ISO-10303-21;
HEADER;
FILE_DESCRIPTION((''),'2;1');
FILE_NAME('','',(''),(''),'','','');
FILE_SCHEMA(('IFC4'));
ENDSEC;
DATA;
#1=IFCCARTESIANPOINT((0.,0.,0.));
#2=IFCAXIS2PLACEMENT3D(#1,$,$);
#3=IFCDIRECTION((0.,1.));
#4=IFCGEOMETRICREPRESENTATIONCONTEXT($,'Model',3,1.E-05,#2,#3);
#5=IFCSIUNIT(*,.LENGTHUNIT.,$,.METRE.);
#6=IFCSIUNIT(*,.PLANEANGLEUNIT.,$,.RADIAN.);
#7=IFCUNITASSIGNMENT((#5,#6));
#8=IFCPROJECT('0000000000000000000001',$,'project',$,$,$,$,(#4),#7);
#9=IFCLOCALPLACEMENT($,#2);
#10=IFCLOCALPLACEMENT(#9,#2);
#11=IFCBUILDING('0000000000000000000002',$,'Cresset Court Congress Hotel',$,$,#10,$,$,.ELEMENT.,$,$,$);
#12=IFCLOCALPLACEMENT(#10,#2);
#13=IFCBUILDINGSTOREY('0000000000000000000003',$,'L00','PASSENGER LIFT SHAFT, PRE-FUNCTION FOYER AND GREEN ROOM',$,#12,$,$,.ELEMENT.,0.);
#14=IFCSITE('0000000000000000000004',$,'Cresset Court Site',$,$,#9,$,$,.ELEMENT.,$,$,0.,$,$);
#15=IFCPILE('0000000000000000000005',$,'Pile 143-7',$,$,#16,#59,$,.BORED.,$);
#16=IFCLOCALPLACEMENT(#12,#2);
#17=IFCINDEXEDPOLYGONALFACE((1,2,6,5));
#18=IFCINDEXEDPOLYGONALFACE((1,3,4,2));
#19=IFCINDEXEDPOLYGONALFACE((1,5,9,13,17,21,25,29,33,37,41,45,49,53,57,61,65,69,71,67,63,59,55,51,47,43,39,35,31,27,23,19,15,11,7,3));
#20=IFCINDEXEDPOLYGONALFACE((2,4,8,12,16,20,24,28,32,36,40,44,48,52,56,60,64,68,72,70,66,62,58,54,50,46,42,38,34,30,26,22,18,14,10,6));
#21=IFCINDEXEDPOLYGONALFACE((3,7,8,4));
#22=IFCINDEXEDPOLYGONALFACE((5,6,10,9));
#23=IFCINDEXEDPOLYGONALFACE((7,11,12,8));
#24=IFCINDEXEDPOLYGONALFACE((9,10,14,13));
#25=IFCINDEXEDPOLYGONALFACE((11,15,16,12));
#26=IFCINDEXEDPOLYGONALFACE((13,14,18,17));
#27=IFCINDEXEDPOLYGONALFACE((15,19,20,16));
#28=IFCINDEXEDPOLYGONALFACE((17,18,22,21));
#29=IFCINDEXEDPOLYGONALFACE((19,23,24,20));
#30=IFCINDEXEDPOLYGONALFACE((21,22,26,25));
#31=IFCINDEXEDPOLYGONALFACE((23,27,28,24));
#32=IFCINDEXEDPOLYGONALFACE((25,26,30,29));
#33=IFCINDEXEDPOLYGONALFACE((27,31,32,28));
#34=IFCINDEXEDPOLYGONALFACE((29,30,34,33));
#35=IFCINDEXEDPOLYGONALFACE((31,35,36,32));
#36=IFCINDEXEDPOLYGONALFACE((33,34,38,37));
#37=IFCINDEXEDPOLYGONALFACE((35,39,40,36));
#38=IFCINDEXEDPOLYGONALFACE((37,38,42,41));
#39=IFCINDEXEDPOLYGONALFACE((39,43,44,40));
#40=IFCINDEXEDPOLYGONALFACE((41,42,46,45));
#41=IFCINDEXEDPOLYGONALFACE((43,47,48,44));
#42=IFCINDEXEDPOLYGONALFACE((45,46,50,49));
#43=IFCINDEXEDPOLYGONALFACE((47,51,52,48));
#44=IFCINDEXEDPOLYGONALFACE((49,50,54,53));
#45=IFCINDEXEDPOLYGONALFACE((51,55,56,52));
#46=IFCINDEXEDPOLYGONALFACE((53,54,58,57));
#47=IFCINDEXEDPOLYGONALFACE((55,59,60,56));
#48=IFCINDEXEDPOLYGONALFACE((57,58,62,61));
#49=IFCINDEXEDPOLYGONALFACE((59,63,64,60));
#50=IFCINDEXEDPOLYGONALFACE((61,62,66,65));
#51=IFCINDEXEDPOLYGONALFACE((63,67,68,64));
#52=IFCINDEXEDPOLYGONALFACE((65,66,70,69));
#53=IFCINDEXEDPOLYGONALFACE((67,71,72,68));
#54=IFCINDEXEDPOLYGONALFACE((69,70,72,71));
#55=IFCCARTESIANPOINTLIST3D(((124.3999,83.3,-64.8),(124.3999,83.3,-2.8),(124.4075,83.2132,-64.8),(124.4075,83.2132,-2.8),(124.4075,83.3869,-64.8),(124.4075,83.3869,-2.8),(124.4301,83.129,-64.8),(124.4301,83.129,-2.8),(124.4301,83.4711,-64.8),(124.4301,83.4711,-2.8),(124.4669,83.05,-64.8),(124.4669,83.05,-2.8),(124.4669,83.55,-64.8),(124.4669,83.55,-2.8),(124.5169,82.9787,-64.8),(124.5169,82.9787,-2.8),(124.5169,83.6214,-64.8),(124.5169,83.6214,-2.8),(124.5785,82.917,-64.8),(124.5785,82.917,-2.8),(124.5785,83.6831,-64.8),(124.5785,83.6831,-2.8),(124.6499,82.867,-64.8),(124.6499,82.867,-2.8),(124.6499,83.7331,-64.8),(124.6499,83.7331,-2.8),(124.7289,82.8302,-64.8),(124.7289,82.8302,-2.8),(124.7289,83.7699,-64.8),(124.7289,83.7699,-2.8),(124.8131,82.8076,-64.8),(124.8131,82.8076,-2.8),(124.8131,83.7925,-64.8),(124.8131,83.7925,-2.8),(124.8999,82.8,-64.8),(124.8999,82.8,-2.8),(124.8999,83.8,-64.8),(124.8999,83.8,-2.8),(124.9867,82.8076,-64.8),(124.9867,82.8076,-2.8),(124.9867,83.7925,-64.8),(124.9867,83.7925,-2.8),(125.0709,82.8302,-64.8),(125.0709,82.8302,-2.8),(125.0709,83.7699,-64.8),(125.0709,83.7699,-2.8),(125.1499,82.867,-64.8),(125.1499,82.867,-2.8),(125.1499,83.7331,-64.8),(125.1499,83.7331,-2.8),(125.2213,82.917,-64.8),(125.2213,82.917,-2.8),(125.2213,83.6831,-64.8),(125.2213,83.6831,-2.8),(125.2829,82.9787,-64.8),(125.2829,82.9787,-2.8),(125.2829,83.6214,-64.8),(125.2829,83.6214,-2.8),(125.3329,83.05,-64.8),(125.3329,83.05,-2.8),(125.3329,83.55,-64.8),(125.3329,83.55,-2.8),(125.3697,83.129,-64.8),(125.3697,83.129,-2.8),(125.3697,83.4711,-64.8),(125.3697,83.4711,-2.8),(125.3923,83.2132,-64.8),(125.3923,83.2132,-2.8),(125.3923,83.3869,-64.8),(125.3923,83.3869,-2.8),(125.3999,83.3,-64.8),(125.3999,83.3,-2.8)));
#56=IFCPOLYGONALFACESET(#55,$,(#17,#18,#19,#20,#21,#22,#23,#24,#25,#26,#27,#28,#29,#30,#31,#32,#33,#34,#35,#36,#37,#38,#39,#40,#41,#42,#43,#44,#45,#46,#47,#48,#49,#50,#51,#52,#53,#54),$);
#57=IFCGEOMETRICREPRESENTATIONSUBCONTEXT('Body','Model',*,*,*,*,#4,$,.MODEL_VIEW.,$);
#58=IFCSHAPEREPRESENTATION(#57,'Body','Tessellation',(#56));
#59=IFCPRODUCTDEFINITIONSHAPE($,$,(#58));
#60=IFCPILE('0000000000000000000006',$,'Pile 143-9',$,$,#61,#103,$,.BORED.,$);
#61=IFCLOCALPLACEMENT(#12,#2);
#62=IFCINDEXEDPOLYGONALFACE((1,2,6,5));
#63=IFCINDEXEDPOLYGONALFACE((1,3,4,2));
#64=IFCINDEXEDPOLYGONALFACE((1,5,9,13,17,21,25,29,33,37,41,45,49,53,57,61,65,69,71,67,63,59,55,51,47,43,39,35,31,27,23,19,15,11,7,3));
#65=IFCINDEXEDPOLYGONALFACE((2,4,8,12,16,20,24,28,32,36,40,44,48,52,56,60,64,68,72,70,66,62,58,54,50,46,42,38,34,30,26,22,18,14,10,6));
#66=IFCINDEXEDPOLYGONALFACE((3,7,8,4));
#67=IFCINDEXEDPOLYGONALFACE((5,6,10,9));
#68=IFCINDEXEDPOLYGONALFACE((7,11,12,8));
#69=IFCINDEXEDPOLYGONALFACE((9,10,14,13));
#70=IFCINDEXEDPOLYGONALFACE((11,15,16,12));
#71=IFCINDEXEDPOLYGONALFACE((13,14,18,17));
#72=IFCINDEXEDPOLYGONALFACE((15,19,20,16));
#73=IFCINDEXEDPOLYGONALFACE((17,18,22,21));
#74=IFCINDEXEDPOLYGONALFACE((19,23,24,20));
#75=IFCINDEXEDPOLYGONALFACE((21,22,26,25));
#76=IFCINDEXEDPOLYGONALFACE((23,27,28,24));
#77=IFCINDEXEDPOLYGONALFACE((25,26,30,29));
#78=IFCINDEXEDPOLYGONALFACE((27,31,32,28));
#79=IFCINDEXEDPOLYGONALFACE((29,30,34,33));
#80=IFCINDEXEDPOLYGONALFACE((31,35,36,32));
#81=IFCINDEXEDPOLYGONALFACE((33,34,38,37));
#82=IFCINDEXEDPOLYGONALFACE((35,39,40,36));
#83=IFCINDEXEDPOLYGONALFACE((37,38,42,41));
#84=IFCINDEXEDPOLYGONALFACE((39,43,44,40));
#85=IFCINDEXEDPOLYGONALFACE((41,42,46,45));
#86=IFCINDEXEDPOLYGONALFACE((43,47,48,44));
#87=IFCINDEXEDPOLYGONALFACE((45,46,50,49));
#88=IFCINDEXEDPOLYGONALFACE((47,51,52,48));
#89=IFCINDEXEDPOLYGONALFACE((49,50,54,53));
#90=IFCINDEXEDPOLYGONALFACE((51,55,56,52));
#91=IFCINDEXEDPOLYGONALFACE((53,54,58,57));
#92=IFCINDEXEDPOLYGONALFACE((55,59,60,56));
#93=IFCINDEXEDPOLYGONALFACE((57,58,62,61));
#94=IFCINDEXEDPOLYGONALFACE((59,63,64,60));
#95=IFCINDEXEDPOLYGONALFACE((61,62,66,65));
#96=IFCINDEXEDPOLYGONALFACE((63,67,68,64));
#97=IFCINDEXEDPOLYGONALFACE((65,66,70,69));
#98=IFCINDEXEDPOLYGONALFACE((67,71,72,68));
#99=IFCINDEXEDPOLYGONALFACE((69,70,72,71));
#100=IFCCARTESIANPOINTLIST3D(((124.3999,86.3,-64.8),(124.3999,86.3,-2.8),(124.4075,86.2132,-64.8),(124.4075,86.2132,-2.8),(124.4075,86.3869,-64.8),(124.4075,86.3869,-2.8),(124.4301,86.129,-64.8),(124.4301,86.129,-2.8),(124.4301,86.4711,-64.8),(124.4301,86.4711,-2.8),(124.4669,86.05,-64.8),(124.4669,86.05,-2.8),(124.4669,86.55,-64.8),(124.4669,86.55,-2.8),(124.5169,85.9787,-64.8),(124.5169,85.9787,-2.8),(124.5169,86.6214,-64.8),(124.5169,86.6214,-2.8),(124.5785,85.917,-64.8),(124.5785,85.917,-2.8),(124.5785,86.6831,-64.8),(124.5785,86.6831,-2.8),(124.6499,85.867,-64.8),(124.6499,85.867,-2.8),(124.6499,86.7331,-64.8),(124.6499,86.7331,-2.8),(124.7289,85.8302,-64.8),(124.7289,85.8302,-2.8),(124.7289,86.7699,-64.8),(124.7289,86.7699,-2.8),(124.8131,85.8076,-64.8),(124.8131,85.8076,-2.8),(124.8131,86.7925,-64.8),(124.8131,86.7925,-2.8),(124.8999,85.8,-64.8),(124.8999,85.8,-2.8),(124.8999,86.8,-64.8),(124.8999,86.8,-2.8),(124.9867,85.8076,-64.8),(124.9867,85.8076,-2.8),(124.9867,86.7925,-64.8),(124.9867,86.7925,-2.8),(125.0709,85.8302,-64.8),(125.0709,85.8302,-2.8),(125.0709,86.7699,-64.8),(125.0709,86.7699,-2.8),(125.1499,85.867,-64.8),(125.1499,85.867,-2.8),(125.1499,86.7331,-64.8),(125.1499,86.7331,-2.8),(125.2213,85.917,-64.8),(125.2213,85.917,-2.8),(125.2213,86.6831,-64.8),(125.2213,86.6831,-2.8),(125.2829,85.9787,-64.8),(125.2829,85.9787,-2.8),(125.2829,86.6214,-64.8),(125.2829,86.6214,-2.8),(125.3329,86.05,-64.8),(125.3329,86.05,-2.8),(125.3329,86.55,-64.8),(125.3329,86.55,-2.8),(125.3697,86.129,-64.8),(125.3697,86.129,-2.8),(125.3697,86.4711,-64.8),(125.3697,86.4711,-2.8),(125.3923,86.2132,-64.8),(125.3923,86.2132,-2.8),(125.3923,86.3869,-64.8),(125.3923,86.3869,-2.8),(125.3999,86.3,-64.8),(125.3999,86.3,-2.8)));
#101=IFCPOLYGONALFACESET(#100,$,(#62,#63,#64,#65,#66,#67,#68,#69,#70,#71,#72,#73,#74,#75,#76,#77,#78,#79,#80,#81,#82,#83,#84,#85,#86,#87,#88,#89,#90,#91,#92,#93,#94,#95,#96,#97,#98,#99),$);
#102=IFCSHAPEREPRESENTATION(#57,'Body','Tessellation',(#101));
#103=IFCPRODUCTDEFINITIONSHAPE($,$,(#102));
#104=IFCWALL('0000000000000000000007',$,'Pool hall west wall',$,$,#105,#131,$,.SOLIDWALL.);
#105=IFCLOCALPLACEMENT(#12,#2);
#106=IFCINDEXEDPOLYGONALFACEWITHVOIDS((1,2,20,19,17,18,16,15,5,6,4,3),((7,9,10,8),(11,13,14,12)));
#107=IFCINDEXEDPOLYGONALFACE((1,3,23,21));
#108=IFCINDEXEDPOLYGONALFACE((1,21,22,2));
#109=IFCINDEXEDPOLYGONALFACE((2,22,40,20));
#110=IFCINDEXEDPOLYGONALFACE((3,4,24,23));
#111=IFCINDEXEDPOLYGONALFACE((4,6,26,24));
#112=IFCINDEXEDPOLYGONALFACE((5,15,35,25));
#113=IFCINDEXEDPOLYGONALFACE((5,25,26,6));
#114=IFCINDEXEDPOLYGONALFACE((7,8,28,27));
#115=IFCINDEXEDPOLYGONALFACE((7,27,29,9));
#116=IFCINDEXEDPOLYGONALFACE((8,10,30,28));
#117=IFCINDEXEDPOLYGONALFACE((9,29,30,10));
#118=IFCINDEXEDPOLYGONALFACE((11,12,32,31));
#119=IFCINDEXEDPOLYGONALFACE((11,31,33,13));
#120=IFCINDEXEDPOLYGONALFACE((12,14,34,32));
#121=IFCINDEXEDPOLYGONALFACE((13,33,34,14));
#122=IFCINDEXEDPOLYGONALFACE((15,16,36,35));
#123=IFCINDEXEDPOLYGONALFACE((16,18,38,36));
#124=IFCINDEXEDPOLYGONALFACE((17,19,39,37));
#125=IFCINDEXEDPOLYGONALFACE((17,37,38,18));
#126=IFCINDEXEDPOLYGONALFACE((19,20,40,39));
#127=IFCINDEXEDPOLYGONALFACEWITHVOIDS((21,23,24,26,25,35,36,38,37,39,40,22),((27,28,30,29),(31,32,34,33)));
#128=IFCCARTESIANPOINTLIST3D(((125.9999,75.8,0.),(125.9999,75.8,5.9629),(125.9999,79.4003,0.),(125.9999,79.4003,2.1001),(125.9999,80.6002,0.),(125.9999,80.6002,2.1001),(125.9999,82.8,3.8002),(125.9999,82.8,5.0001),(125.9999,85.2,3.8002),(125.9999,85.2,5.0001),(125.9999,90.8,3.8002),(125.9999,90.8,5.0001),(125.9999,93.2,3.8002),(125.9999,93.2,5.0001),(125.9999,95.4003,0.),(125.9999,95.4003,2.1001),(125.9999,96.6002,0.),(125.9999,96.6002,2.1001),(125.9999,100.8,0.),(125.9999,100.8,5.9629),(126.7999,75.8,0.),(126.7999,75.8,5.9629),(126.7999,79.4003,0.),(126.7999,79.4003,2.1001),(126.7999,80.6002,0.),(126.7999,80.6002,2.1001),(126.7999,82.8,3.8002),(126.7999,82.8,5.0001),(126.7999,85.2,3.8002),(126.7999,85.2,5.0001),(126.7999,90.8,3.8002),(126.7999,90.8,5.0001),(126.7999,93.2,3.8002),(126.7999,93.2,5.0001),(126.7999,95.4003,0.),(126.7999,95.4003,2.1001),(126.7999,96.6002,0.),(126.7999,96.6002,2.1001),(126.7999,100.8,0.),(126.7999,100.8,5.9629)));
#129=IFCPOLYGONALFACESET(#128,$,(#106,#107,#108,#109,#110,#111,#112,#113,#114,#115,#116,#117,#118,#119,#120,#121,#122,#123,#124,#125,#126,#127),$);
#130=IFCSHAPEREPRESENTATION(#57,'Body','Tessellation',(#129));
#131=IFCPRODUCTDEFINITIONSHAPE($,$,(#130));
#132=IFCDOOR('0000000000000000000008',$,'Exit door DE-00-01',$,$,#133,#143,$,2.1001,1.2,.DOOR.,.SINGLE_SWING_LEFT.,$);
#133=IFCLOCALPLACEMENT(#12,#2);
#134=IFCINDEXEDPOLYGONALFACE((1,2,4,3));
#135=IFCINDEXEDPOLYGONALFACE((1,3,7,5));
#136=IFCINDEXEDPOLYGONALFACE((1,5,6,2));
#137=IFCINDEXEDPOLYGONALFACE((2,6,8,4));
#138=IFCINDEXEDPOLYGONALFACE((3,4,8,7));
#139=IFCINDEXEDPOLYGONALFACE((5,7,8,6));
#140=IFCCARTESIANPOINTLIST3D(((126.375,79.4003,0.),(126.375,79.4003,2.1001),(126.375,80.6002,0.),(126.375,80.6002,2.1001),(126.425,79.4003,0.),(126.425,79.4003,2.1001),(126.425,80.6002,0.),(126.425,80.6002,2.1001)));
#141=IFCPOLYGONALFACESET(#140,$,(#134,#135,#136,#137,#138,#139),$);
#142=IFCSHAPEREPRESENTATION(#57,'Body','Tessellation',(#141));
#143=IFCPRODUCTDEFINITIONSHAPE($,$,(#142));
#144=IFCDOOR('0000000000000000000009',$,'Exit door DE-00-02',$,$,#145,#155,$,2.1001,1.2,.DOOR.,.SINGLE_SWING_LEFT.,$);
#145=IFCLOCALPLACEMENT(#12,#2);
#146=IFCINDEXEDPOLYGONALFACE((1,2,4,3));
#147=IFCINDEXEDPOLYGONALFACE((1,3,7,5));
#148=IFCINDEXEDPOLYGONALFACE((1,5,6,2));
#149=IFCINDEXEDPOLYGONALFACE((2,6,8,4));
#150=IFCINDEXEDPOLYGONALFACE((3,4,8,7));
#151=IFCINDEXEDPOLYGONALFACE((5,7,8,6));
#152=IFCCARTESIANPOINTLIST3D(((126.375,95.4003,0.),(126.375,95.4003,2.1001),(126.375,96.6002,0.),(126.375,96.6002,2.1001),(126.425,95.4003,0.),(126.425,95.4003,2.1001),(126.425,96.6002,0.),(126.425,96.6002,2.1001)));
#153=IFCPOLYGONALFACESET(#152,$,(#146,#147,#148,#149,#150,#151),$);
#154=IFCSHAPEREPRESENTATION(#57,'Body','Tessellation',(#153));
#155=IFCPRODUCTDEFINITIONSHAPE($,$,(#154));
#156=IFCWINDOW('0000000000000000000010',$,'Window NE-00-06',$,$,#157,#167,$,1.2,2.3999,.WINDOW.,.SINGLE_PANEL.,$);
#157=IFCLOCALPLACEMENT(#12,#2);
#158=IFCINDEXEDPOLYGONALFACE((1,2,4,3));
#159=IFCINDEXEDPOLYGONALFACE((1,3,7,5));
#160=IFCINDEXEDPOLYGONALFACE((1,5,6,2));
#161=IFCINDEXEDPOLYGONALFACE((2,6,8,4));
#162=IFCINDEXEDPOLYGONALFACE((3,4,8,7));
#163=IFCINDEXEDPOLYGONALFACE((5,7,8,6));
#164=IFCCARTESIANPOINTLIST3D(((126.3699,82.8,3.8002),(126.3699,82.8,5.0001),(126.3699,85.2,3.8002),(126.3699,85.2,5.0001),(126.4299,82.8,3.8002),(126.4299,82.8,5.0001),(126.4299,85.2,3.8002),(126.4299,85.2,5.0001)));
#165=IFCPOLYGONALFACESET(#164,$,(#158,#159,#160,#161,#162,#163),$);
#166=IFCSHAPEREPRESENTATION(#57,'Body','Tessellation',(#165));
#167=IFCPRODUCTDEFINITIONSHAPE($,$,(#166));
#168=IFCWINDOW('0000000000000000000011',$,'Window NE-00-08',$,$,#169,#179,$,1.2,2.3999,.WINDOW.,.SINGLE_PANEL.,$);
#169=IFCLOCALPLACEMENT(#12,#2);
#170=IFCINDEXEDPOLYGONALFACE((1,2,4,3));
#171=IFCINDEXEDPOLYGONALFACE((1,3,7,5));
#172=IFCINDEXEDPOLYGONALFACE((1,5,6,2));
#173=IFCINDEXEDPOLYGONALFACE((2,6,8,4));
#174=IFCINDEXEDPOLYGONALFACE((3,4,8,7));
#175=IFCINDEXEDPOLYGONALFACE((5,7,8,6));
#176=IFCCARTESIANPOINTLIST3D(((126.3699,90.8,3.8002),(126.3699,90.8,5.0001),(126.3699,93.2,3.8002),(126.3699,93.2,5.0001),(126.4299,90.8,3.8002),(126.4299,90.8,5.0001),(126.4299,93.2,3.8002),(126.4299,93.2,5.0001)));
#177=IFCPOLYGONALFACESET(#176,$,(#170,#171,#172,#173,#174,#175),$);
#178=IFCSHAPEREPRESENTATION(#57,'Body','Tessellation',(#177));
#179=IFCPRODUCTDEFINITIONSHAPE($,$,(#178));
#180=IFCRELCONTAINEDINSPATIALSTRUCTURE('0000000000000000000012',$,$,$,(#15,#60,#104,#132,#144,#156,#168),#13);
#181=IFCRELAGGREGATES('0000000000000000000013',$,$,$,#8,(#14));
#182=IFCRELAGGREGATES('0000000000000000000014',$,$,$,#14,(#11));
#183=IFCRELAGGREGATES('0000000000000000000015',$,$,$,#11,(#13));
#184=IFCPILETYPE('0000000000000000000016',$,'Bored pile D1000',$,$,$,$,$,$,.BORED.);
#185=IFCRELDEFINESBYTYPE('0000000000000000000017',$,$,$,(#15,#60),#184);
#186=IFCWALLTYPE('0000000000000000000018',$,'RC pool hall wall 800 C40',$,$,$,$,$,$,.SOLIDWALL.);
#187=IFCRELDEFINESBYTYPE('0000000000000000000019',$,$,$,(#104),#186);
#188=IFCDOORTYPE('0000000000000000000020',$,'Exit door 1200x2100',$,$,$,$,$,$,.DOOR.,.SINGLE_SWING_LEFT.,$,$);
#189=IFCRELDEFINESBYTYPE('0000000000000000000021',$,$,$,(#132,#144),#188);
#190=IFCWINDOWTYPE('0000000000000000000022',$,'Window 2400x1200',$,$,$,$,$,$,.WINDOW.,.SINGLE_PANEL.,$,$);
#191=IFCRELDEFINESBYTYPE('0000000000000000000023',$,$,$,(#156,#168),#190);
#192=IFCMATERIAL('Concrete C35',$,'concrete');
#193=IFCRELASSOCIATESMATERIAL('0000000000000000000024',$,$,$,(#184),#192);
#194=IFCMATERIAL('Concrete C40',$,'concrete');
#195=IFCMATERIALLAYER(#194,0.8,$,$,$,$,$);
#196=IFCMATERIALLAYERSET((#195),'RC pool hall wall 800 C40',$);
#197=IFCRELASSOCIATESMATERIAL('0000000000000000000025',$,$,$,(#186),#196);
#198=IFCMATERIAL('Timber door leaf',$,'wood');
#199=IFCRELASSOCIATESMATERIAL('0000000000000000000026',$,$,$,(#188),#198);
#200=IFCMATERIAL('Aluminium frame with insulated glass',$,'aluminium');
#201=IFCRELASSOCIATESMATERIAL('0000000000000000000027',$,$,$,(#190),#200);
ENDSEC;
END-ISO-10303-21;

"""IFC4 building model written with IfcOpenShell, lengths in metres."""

from ifc_helpers import new_model, si_unit, direction, frame, frame_2d, origin, origin_2d, place, context, subcontext, project, spatial, rectangle, circle, extrude, material, layer, layer_set, type_object, element, fill, save


model = new_model("IFC4")

# Units and contexts
model_context = context("Model", 3, precision=1e-05, world=origin(), true_north=direction((0.0, 1.0)))
body_context = subcontext(model_context, "Body", "Model", "MODEL_VIEW")
ifc_project = project(units=[si_unit("LENGTHUNIT", "METRE"), si_unit("PLANEANGLEUNIT", "RADIAN")], contexts=[model_context])

# Site, building, storey
site_placement = place(None, origin())
site = spatial("IfcSite", under=ifc_project, at=site_placement, Name="Cresset Court Site", CompositionType="ELEMENT", RefElevation=0.0)
building_placement = place(site_placement, origin())
building = spatial("IfcBuilding", under=site, at=building_placement, Name="Cresset Court Congress Hotel", CompositionType="ELEMENT")
storey_placement = place(building_placement, origin())
storey = spatial("IfcBuildingStorey", under=building, at=storey_placement, Name="L00", Description="PASSENGER LIFT SHAFT, PRE-FUNCTION FOYER AND GREEN ROOM", CompositionType="ELEMENT", Elevation=0.0)

# Piles
ifc_material_1 = material(Name="Concrete C35", Category="concrete")
pile_type = type_object("IfcPileType", Name="Bored pile D1000", PredefinedType="BORED", material=ifc_material_1)
for number, where, z_axis, x_axis, name in (
    (1, (124.8999, 83.3, -2.8), (0.0, 0.0, -1.0), (1.0, 0.0, 0.0), "Pile 143-7"),
    (2, (124.8999, 86.3, -2.8), (0.0, 0.0, -1.0), (1.0, 0.0, 0.0), "Pile 143-9"),
):
    element("IfcPile", number, at=place(storey_placement, frame(where, z_axis=z_axis, x_axis=x_axis)), inside=storey, type_object=pile_type, Name=name, PredefinedType="BORED", context=body_context, shape_type="SweptSolid", body=[
        extrude(circle(Radius=0.5, at=origin_2d()), origin(), (0.0, 0.0, 1.0), 62.0),
    ])

# Wall, openings, doors, windows
ifc_material_2 = material(Name="Concrete C40", Category="concrete")
ifc_layer_1 = layer(ifc_material_2, 0.8)
ifc_layer_set_1 = layer_set([ifc_layer_1], Name="RC pool hall wall 800 C40")
wall_type_1 = type_object("IfcWallType", Name="RC pool hall wall 800 C40", PredefinedType="SOLIDWALL", material=ifc_layer_set_1)
wall_1_placement = place(storey_placement, frame((126.3999, 75.8, 0.0), z_axis=(0.0, 0.0, 1.0), x_axis=(0.0, 1.0, 0.0)))
wall_1 = element("IfcWall", 3, at=wall_1_placement, inside=storey, type_object=wall_type_1, Name="Pool hall west wall", PredefinedType="SOLIDWALL", context=body_context, shape_type="SweptSolid", body=[
    extrude(rectangle(XDim=25.0, YDim=0.8, at=frame_2d((12.5, 0.0))), origin(), (0.0, 0.0, 1.0), 5.9629),
])
opening_1_placement = place(wall_1_placement, frame((3.6001, 0.0, 0.0)))
opening_1 = element("IfcOpeningElement", 4, at=opening_1_placement, cuts=wall_1, PredefinedType="OPENING", context=body_context, shape_type="SweptSolid", body=[
    extrude(rectangle(XDim=1.2, YDim=2.1001, at=frame_2d((0.6001, 1.05))), frame((0.0, 0.4099, 0.0), z_axis=(0.0, -1.0, 0.0), x_axis=(1.0, 0.0, 0.0)), (0.0, 0.0, 1.0), 0.8201),
])
opening_2_placement = place(wall_1_placement, frame((19.6001, 0.0, 0.0)))
opening_2 = element("IfcOpeningElement", 5, at=opening_2_placement, cuts=wall_1, PredefinedType="OPENING", context=body_context, shape_type="SweptSolid", body=[
    extrude(rectangle(XDim=1.2, YDim=2.1001, at=frame_2d((0.6001, 1.05))), frame((0.0, 0.4099, 0.0), z_axis=(0.0, -1.0, 0.0), x_axis=(1.0, 0.0, 0.0)), (0.0, 0.0, 1.0), 0.8201),
])
opening_3_placement = place(wall_1_placement, frame((7.0, 0.0, 3.8)))
opening_3 = element("IfcOpeningElement", 6, at=opening_3_placement, cuts=wall_1, PredefinedType="OPENING", context=body_context, shape_type="SweptSolid", body=[
    extrude(rectangle(XDim=2.3999, YDim=1.2, at=frame_2d((1.2, 0.6001))), frame((0.0, 0.4099, 0.0), z_axis=(0.0, -1.0, 0.0), x_axis=(1.0, 0.0, 0.0)), (0.0, 0.0, 1.0), 0.8201),
])
opening_4_placement = place(wall_1_placement, frame((15.0, 0.0, 3.8)))
opening_4 = element("IfcOpeningElement", 7, at=opening_4_placement, cuts=wall_1, PredefinedType="OPENING", context=body_context, shape_type="SweptSolid", body=[
    extrude(rectangle(XDim=2.3999, YDim=1.2, at=frame_2d((1.2, 0.6001))), frame((0.0, 0.4099, 0.0), z_axis=(0.0, -1.0, 0.0), x_axis=(1.0, 0.0, 0.0)), (0.0, 0.0, 1.0), 0.8201),
])
ifc_material_3 = material(Name="Timber door leaf", Category="wood")
door_type = type_object("IfcDoorType", Name="Exit door 1200x2100", OperationType="SINGLE_SWING_LEFT", PredefinedType="DOOR", material=ifc_material_3)
door_1_placement = place(opening_1_placement, origin())
door_1 = element("IfcDoor", 8, at=door_1_placement, inside=storey, type_object=door_type, Name="Exit door DE-00-01", OperationType="SINGLE_SWING_LEFT", OverallHeight=2.1001, OverallWidth=1.2, PredefinedType="DOOR", context=body_context, shape_type="SweptSolid", body=[
    extrude(rectangle(XDim=1.2, YDim=2.1001, at=frame_2d((0.6001, 1.05))), frame((0.0, 0.0249, 0.0), z_axis=(0.0, -1.0, 0.0), x_axis=(1.0, 0.0, 0.0)), (0.0, 0.0, 1.0), 0.05),
])
fill(opening_1, door_1)
door_2_placement = place(opening_2_placement, origin())
door_2 = element("IfcDoor", 9, at=door_2_placement, inside=storey, type_object=door_type, Name="Exit door DE-00-02", OperationType="SINGLE_SWING_LEFT", OverallHeight=2.1001, OverallWidth=1.2, PredefinedType="DOOR", context=body_context, shape_type="SweptSolid", body=[
    extrude(rectangle(XDim=1.2, YDim=2.1001, at=frame_2d((0.6001, 1.05))), frame((0.0, 0.0249, 0.0), z_axis=(0.0, -1.0, 0.0), x_axis=(1.0, 0.0, 0.0)), (0.0, 0.0, 1.0), 0.05),
])
fill(opening_2, door_2)
ifc_material_4 = material(Name="Aluminium frame with insulated glass", Category="aluminium")
window_type_1 = type_object("IfcWindowType", Name="Window 2400x1200", PartitioningType="SINGLE_PANEL", PredefinedType="WINDOW", material=ifc_material_4)
window_1_placement = place(opening_3_placement, origin())
window_1 = element("IfcWindow", 10, at=window_1_placement, inside=storey, type_object=window_type_1, Name="Window NE-00-06", OverallHeight=1.2, OverallWidth=2.3999, PartitioningType="SINGLE_PANEL", PredefinedType="WINDOW", context=body_context, shape_type="SweptSolid", body=[
    extrude(rectangle(XDim=2.3999, YDim=1.2, at=frame_2d((1.2, 0.6001))), frame((0.0, 0.03, 0.0), z_axis=(0.0, -1.0, 0.0), x_axis=(1.0, 0.0, 0.0)), (0.0, 0.0, 1.0), 0.0601),
])
fill(opening_3, window_1)
window_2_placement = place(opening_4_placement, origin())
window_2 = element("IfcWindow", 11, at=window_2_placement, inside=storey, type_object=window_type_1, Name="Window NE-00-08", OverallHeight=1.2, OverallWidth=2.3999, PartitioningType="SINGLE_PANEL", PredefinedType="WINDOW", context=body_context, shape_type="SweptSolid", body=[
    extrude(rectangle(XDim=2.3999, YDim=1.2, at=frame_2d((1.2, 0.6001))), frame((0.0, 0.03, 0.0), z_axis=(0.0, -1.0, 0.0), x_axis=(1.0, 0.0, 0.0)), (0.0, 0.0, 1.0), 0.0601),
])
fill(opening_4, window_2)

save(model, "model.ifc")
